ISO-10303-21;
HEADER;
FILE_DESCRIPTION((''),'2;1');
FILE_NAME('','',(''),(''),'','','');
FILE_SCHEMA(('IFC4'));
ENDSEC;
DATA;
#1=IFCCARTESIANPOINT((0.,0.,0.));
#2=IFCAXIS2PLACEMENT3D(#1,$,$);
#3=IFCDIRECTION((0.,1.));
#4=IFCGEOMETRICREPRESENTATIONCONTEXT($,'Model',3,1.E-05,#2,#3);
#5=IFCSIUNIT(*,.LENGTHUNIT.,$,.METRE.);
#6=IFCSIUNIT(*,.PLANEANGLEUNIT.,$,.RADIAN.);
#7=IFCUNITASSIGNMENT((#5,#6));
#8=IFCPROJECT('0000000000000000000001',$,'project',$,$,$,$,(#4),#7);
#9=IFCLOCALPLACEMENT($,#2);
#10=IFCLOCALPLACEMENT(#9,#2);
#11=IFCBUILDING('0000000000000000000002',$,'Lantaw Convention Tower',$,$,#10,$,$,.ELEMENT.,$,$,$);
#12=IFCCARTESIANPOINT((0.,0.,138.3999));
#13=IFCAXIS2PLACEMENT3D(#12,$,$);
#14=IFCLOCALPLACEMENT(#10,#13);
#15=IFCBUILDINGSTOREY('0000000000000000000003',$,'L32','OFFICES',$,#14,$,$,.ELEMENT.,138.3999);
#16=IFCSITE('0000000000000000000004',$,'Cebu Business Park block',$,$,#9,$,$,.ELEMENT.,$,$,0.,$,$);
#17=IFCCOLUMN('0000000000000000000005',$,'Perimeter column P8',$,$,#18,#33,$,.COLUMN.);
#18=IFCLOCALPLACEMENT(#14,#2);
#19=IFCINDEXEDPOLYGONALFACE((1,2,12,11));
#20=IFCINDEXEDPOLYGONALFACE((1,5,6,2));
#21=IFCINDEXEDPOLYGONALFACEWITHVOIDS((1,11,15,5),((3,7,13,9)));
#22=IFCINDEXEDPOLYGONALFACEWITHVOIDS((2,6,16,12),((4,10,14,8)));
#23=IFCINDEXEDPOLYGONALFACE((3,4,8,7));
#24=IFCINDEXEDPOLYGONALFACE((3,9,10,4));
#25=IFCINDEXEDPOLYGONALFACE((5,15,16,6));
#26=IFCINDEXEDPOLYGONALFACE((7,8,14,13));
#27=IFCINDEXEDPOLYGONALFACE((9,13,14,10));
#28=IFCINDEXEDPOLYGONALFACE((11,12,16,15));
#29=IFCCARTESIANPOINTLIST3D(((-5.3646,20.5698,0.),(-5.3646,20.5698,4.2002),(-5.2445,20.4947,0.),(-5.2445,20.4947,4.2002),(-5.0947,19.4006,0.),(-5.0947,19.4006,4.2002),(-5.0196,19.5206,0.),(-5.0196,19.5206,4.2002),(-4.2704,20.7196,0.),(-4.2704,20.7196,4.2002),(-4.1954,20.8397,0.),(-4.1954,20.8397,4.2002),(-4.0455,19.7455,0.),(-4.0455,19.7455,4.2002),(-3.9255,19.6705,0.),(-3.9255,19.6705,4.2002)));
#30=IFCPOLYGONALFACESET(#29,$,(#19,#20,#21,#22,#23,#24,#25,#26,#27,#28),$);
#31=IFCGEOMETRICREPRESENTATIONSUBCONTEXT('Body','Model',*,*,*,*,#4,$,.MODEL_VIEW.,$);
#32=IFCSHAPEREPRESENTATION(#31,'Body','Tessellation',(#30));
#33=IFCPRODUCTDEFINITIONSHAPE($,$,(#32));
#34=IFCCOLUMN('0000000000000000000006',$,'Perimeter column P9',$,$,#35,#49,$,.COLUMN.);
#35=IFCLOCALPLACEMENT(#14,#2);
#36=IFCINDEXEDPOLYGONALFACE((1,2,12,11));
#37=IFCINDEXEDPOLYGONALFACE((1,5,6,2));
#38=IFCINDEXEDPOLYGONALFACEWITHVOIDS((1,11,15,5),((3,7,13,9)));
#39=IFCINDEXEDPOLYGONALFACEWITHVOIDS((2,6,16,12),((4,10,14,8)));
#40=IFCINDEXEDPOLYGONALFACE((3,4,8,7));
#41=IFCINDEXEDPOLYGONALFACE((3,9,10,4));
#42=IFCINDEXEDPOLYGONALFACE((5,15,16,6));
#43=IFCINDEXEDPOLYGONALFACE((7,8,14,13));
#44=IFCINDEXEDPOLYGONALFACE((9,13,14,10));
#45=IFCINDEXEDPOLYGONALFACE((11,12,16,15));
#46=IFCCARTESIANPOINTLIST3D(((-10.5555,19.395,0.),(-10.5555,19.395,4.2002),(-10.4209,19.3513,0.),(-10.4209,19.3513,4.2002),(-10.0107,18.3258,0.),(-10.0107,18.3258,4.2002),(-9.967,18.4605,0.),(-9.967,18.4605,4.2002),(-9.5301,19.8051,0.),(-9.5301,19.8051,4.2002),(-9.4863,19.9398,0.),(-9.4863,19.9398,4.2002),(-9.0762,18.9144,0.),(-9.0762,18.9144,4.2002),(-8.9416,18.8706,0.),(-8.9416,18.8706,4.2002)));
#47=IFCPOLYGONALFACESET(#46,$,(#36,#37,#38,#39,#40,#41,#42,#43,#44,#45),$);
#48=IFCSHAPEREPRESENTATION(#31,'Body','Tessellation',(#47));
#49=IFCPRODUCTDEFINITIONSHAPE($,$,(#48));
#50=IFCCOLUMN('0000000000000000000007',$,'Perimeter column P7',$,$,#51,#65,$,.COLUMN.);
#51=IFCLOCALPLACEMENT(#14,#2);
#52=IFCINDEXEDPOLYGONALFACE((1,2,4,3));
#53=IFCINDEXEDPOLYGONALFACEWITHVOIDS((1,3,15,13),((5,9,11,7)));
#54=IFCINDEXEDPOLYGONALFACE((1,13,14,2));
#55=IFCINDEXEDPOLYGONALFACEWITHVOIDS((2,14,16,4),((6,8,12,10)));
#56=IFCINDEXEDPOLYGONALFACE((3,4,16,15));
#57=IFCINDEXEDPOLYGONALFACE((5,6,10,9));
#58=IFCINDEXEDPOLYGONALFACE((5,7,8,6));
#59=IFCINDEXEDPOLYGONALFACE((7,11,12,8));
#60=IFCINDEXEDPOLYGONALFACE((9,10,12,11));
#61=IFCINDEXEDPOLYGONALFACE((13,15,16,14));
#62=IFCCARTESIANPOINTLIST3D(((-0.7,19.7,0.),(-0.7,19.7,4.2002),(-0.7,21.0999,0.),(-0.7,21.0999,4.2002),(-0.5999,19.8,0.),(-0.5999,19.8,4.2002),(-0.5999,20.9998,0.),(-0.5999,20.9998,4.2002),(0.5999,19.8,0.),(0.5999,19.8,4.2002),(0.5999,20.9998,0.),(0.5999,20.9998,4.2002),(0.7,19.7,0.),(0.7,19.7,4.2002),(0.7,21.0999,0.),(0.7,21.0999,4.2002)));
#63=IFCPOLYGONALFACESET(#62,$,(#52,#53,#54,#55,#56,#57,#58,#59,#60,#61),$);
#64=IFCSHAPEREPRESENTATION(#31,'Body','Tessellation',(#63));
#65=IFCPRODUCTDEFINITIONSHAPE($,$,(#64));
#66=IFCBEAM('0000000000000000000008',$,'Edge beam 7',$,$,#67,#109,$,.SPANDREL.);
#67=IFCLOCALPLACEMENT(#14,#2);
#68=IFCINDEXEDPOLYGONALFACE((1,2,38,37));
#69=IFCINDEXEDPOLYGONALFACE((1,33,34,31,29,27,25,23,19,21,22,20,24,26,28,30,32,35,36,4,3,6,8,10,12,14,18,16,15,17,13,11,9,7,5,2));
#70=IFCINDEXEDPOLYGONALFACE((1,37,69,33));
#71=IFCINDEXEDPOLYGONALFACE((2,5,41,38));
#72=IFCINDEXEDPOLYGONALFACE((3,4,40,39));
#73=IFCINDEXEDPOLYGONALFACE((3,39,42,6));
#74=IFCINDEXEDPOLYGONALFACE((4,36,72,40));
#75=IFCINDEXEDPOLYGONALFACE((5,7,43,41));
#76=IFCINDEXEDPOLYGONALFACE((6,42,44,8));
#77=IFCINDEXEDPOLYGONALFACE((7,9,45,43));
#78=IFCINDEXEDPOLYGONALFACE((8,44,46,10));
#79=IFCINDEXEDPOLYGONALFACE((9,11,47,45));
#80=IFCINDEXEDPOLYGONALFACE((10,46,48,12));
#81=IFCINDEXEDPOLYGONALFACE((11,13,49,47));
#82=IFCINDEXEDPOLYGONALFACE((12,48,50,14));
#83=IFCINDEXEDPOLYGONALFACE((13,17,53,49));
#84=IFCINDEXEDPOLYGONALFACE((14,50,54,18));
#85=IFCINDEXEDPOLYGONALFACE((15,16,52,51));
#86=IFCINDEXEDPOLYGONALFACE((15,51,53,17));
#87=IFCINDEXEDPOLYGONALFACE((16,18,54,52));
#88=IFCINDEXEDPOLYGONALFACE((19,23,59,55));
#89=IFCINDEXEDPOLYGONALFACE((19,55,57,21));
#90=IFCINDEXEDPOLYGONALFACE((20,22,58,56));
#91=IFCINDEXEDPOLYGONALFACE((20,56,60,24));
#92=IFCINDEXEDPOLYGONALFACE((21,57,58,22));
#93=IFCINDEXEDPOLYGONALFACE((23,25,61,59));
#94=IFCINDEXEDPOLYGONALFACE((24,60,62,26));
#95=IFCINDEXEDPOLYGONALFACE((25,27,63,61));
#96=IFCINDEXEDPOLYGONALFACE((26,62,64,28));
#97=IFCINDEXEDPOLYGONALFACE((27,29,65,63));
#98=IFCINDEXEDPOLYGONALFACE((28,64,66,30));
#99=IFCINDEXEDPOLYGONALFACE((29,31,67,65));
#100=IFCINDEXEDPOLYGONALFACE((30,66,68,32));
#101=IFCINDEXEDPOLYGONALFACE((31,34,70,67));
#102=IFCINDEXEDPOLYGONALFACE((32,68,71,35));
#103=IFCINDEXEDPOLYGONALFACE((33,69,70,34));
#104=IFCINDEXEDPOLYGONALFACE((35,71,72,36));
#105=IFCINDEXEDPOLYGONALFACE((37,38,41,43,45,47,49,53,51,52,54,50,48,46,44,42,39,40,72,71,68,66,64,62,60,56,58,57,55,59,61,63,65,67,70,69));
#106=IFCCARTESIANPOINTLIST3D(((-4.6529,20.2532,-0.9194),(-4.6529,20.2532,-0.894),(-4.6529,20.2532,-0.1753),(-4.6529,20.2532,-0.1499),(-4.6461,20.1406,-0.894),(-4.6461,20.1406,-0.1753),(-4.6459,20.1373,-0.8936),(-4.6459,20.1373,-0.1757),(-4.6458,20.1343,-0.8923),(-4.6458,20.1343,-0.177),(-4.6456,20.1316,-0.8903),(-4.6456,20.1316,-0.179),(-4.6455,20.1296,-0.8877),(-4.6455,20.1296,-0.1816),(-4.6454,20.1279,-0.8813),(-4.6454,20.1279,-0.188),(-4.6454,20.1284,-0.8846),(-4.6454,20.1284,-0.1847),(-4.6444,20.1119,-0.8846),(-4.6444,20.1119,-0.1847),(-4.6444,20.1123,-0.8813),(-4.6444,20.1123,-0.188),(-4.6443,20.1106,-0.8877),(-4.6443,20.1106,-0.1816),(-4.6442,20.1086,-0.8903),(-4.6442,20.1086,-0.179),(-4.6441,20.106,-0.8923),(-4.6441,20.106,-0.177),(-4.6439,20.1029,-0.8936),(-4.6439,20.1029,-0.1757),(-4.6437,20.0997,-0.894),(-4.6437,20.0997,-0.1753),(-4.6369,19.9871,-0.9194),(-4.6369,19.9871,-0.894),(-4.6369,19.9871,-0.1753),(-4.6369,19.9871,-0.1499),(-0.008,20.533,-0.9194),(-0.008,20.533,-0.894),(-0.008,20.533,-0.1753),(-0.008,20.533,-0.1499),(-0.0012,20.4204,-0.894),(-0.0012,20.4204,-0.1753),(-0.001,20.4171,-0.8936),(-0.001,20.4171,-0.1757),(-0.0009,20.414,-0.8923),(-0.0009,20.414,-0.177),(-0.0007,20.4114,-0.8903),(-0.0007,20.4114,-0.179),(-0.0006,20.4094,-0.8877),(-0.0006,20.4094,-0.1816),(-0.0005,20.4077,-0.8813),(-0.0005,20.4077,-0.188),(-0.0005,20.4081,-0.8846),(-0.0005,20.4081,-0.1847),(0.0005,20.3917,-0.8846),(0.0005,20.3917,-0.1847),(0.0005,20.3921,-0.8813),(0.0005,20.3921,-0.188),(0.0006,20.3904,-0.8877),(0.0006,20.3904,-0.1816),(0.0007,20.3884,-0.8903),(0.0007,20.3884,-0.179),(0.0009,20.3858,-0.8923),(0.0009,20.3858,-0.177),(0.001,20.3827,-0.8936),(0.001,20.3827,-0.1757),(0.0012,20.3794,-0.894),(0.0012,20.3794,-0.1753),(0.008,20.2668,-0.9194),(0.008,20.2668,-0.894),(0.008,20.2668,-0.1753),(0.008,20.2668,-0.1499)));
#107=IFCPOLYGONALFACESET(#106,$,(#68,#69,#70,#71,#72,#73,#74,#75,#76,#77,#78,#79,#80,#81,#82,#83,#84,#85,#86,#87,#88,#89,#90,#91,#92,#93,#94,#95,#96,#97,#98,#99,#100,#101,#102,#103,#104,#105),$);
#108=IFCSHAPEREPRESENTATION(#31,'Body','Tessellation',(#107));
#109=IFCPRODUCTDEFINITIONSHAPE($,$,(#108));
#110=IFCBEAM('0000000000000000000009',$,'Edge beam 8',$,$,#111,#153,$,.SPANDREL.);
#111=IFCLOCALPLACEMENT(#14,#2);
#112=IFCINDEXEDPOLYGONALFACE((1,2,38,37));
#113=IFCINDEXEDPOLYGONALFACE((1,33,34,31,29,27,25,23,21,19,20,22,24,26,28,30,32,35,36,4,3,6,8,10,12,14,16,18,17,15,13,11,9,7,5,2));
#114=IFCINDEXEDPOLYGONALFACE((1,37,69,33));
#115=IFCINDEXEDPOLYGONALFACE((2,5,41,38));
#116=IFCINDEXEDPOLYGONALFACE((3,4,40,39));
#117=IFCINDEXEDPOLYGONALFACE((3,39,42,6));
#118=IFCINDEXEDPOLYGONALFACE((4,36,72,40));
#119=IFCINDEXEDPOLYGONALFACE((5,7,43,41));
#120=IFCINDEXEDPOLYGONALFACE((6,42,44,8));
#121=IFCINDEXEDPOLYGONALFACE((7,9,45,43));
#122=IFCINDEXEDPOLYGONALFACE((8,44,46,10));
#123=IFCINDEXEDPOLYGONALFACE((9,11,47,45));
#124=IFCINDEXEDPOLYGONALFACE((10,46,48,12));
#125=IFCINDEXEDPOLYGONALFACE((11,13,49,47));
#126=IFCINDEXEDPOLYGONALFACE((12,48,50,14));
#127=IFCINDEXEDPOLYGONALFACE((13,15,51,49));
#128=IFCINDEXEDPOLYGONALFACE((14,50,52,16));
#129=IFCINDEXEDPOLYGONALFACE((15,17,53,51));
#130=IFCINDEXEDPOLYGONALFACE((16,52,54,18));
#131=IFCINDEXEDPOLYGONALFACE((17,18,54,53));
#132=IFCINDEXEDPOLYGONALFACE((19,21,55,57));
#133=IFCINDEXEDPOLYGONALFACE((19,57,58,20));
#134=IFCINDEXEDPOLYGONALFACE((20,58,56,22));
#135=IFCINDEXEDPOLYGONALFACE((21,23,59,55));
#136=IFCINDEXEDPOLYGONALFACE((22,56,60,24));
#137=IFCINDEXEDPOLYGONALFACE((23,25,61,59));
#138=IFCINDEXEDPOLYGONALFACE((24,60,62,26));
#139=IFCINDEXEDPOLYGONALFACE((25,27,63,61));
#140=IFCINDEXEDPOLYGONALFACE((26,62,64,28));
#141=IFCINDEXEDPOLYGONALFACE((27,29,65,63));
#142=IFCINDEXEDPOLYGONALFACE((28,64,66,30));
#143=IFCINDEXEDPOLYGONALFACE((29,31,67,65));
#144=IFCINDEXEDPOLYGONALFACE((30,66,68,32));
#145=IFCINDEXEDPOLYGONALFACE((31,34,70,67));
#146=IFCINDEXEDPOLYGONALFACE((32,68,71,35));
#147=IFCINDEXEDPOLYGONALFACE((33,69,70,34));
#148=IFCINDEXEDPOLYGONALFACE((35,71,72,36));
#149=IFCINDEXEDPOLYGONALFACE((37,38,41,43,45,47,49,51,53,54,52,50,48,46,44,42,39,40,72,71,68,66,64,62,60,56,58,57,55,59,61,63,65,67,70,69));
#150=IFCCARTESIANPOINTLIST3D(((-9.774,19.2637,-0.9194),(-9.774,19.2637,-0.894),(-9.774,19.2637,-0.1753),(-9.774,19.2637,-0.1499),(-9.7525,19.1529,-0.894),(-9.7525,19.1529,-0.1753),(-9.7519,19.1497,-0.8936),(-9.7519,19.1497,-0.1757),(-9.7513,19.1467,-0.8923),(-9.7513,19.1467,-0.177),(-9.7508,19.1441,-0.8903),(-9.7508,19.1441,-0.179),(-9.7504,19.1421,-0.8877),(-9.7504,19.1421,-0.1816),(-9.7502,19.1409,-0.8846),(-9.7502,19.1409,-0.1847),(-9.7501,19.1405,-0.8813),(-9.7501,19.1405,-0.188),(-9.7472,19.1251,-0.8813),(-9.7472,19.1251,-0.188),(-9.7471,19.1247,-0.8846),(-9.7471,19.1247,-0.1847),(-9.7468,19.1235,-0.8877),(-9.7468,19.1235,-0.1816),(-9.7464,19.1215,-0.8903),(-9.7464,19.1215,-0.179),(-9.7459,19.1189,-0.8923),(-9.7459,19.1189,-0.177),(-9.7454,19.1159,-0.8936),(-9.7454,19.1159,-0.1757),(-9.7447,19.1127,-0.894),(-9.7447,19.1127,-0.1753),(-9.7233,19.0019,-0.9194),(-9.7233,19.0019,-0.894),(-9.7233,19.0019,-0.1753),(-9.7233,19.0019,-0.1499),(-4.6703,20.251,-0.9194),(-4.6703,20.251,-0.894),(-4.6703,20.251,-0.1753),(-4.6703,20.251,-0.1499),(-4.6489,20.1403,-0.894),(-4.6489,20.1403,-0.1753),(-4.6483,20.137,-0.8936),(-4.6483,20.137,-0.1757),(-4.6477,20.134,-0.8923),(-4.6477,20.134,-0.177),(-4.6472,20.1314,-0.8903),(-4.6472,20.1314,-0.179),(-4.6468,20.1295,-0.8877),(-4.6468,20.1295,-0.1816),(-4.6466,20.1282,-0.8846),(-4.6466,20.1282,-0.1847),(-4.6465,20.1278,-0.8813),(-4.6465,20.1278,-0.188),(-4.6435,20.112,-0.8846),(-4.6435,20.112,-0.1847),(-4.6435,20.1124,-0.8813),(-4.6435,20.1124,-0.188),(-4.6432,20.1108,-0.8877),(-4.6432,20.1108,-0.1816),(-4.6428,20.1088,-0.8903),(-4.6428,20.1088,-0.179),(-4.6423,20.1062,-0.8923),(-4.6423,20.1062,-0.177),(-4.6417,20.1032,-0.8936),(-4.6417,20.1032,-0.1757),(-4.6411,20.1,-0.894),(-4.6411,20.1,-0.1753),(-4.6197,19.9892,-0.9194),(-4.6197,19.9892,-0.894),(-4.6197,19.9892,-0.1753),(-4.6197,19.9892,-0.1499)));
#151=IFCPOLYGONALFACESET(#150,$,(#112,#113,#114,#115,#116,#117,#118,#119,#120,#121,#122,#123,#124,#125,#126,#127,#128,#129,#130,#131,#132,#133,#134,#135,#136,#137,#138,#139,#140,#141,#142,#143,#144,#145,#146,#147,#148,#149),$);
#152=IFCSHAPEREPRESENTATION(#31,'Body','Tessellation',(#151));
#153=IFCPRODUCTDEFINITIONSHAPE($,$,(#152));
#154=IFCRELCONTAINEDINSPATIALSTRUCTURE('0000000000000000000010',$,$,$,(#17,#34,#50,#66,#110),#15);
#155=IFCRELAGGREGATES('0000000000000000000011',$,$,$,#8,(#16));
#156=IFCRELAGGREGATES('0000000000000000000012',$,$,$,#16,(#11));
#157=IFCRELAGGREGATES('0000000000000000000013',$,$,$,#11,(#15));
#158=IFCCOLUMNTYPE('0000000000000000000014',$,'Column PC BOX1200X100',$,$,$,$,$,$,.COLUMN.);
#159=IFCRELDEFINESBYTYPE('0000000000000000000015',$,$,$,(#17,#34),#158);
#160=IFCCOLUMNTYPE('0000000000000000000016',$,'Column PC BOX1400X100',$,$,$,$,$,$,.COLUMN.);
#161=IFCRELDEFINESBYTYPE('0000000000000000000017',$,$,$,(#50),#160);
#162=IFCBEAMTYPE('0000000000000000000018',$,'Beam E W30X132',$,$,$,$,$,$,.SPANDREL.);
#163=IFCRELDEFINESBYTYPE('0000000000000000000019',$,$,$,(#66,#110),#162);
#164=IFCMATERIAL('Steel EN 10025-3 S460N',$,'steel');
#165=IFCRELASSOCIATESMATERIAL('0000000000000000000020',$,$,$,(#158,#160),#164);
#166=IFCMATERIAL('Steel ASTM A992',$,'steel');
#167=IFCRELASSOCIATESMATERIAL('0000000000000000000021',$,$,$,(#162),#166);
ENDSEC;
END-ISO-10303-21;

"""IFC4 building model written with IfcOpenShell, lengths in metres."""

from ifc_helpers import new_model, si_unit, direction, frame, origin, origin_2d, place, context, subcontext, project, spatial, rectangle, hollow_rectangle, i_section, extrude, material, material_profile, profile_set, type_object, element, save


model = new_model("IFC4")

# Units and contexts
model_context = context("Model", 3, precision=1e-05, world=origin(), true_north=direction((0.0, 1.0)))
body_context = subcontext(model_context, "Body", "Model", "MODEL_VIEW")
ifc_project = project(units=[si_unit("LENGTHUNIT", "METRE"), si_unit("PLANEANGLEUNIT", "RADIAN")], contexts=[model_context])

# Site, building, storey
site_placement = place(None, origin())
site = spatial("IfcSite", under=ifc_project, at=site_placement, Name="Cebu Business Park block", CompositionType="ELEMENT", RefElevation=0.0)
building_placement = place(site_placement, origin())
building = spatial("IfcBuilding", under=site, at=building_placement, Name="Lantaw Convention Tower", CompositionType="ELEMENT")
storey_placement = place(building_placement, frame((0.0, 0.0, 138.3999)))
storey = spatial("IfcBuildingStorey", under=building, at=storey_placement, Name="L32", Description="OFFICES", CompositionType="ELEMENT", Elevation=138.3999)

# Columns
ifc_material_1 = material(Name="Steel EN 10025-3 S460N", Category="steel")
ifc_material_profile_1 = material_profile(ifc_material_1, hollow_rectangle(XDim=1.2, YDim=1.2, WallThickness=0.1001, at=origin_2d()), Name="BOX1200X100")
ifc_material_2 = material(Name="Concrete C60/75", Category="concrete")
ifc_material_profile_2 = material_profile(ifc_material_2, rectangle(XDim=1.0, YDim=1.0, at=origin_2d()), Name="Concrete fill of BOX1200X100")
ifc_profile_set_1 = profile_set([ifc_material_profile_1, ifc_material_profile_2], Name="Steel EN 10025-3 S460N")
column_type_1 = type_object("IfcColumnType", Name="Column PC BOX1200X100", PredefinedType="COLUMN", material=ifc_profile_set_1)
for number, where, z_axis, x_axis, name in (
    (1, (-4.645, 20.1201, 0.0), (0.0, 0.0, 1.0), (0.97437, 0.224951, 0.0), "Perimeter column P8"),
    (2, (-9.7485, 19.1328, 0.0), (0.0, 0.0, 1.0), (0.891007, 0.45399, 0.0), "Perimeter column P9"),
):
    element("IfcColumn", number, at=place(storey_placement, frame(where, z_axis=z_axis, x_axis=x_axis)), inside=storey, type_object=column_type_1, Name=name, PredefinedType="COLUMN", context=body_context, shape_type="SweptSolid", body=[
        extrude(hollow_rectangle(XDim=1.2, YDim=1.2, WallThickness=0.1001, at=origin_2d()), origin(), (0.0, 0.0, 1.0), 4.2002),
    ])
ifc_material_profile_3 = material_profile(ifc_material_1, hollow_rectangle(XDim=1.3999, YDim=1.3999, WallThickness=0.1001, at=origin_2d()), Name="BOX1400X100")
ifc_material_profile_4 = material_profile(ifc_material_2, rectangle(XDim=1.2, YDim=1.2, at=origin_2d()), Name="Concrete fill of BOX1400X100")
ifc_profile_set_2 = profile_set([ifc_material_profile_3, ifc_material_profile_4], Name="Steel EN 10025-3 S460N")
column_type_2 = type_object("IfcColumnType", Name="Column PC BOX1400X100", PredefinedType="COLUMN", material=ifc_profile_set_2)
column_placement = place(storey_placement, frame((0.0, 20.3999, 0.0), z_axis=(0.0, 0.0, 1.0), x_axis=(1.0, 0.0, 0.0)))
element("IfcColumn", 3, at=column_placement, inside=storey, type_object=column_type_2, Name="Perimeter column P7", PredefinedType="COLUMN", context=body_context, shape_type="SweptSolid", body=[
    extrude(hollow_rectangle(XDim=1.3999, YDim=1.3999, WallThickness=0.1001, at=origin_2d()), origin(), (0.0, 0.0, 1.0), 4.2002),
])

# Beams
ifc_material_3 = material(Name="Steel ASTM A992", Category="steel")
ifc_material_profile_5 = material_profile(ifc_material_3, i_section(OverallWidth=0.2666, OverallDepth=0.7695, WebThickness=0.0156, FlangeThickness=0.0254, FilletRadius=0.0127, at=origin_2d()), Name="W30X132")
ifc_profile_set_3 = profile_set([ifc_material_profile_5], Name="Steel ASTM A992")
beam_type = type_object("IfcBeamType", Name="Beam E W30X132", PredefinedType="SPANDREL", material=ifc_profile_set_3)
beam_1_placement = place(storey_placement, frame((0.0, 20.3999, -0.5347), z_axis=(-0.998191, -0.060124, 0.0), x_axis=(0.060124, -0.998191, 0.0)))
element("IfcBeam", 4, at=beam_1_placement, inside=storey, type_object=beam_type, Name="Edge beam 7", PredefinedType="SPANDREL", context=body_context, shape_type="SweptSolid", body=[
    extrude(i_section(OverallWidth=0.2666, OverallDepth=0.7695, WebThickness=0.0156, FlangeThickness=0.0254, FilletRadius=0.0127, at=origin_2d()), origin(), (0.0, 0.0, 1.0), 4.6533),
])
beam_2_placement = place(storey_placement, frame((-4.645, 20.1201, -0.5347), z_axis=(-0.981797, -0.189934, 0.0), x_axis=(0.189934, -0.981797, 0.0)))
element("IfcBeam", 5, at=beam_2_placement, inside=storey, type_object=beam_type, Name="Edge beam 8", PredefinedType="SPANDREL", context=body_context, shape_type="SweptSolid", body=[
    extrude(i_section(OverallWidth=0.2666, OverallDepth=0.7695, WebThickness=0.0156, FlangeThickness=0.0254, FilletRadius=0.0127, at=origin_2d()), origin(), (0.0, 0.0, 1.0), 5.1982),
])

save(model, "model.ifc")
